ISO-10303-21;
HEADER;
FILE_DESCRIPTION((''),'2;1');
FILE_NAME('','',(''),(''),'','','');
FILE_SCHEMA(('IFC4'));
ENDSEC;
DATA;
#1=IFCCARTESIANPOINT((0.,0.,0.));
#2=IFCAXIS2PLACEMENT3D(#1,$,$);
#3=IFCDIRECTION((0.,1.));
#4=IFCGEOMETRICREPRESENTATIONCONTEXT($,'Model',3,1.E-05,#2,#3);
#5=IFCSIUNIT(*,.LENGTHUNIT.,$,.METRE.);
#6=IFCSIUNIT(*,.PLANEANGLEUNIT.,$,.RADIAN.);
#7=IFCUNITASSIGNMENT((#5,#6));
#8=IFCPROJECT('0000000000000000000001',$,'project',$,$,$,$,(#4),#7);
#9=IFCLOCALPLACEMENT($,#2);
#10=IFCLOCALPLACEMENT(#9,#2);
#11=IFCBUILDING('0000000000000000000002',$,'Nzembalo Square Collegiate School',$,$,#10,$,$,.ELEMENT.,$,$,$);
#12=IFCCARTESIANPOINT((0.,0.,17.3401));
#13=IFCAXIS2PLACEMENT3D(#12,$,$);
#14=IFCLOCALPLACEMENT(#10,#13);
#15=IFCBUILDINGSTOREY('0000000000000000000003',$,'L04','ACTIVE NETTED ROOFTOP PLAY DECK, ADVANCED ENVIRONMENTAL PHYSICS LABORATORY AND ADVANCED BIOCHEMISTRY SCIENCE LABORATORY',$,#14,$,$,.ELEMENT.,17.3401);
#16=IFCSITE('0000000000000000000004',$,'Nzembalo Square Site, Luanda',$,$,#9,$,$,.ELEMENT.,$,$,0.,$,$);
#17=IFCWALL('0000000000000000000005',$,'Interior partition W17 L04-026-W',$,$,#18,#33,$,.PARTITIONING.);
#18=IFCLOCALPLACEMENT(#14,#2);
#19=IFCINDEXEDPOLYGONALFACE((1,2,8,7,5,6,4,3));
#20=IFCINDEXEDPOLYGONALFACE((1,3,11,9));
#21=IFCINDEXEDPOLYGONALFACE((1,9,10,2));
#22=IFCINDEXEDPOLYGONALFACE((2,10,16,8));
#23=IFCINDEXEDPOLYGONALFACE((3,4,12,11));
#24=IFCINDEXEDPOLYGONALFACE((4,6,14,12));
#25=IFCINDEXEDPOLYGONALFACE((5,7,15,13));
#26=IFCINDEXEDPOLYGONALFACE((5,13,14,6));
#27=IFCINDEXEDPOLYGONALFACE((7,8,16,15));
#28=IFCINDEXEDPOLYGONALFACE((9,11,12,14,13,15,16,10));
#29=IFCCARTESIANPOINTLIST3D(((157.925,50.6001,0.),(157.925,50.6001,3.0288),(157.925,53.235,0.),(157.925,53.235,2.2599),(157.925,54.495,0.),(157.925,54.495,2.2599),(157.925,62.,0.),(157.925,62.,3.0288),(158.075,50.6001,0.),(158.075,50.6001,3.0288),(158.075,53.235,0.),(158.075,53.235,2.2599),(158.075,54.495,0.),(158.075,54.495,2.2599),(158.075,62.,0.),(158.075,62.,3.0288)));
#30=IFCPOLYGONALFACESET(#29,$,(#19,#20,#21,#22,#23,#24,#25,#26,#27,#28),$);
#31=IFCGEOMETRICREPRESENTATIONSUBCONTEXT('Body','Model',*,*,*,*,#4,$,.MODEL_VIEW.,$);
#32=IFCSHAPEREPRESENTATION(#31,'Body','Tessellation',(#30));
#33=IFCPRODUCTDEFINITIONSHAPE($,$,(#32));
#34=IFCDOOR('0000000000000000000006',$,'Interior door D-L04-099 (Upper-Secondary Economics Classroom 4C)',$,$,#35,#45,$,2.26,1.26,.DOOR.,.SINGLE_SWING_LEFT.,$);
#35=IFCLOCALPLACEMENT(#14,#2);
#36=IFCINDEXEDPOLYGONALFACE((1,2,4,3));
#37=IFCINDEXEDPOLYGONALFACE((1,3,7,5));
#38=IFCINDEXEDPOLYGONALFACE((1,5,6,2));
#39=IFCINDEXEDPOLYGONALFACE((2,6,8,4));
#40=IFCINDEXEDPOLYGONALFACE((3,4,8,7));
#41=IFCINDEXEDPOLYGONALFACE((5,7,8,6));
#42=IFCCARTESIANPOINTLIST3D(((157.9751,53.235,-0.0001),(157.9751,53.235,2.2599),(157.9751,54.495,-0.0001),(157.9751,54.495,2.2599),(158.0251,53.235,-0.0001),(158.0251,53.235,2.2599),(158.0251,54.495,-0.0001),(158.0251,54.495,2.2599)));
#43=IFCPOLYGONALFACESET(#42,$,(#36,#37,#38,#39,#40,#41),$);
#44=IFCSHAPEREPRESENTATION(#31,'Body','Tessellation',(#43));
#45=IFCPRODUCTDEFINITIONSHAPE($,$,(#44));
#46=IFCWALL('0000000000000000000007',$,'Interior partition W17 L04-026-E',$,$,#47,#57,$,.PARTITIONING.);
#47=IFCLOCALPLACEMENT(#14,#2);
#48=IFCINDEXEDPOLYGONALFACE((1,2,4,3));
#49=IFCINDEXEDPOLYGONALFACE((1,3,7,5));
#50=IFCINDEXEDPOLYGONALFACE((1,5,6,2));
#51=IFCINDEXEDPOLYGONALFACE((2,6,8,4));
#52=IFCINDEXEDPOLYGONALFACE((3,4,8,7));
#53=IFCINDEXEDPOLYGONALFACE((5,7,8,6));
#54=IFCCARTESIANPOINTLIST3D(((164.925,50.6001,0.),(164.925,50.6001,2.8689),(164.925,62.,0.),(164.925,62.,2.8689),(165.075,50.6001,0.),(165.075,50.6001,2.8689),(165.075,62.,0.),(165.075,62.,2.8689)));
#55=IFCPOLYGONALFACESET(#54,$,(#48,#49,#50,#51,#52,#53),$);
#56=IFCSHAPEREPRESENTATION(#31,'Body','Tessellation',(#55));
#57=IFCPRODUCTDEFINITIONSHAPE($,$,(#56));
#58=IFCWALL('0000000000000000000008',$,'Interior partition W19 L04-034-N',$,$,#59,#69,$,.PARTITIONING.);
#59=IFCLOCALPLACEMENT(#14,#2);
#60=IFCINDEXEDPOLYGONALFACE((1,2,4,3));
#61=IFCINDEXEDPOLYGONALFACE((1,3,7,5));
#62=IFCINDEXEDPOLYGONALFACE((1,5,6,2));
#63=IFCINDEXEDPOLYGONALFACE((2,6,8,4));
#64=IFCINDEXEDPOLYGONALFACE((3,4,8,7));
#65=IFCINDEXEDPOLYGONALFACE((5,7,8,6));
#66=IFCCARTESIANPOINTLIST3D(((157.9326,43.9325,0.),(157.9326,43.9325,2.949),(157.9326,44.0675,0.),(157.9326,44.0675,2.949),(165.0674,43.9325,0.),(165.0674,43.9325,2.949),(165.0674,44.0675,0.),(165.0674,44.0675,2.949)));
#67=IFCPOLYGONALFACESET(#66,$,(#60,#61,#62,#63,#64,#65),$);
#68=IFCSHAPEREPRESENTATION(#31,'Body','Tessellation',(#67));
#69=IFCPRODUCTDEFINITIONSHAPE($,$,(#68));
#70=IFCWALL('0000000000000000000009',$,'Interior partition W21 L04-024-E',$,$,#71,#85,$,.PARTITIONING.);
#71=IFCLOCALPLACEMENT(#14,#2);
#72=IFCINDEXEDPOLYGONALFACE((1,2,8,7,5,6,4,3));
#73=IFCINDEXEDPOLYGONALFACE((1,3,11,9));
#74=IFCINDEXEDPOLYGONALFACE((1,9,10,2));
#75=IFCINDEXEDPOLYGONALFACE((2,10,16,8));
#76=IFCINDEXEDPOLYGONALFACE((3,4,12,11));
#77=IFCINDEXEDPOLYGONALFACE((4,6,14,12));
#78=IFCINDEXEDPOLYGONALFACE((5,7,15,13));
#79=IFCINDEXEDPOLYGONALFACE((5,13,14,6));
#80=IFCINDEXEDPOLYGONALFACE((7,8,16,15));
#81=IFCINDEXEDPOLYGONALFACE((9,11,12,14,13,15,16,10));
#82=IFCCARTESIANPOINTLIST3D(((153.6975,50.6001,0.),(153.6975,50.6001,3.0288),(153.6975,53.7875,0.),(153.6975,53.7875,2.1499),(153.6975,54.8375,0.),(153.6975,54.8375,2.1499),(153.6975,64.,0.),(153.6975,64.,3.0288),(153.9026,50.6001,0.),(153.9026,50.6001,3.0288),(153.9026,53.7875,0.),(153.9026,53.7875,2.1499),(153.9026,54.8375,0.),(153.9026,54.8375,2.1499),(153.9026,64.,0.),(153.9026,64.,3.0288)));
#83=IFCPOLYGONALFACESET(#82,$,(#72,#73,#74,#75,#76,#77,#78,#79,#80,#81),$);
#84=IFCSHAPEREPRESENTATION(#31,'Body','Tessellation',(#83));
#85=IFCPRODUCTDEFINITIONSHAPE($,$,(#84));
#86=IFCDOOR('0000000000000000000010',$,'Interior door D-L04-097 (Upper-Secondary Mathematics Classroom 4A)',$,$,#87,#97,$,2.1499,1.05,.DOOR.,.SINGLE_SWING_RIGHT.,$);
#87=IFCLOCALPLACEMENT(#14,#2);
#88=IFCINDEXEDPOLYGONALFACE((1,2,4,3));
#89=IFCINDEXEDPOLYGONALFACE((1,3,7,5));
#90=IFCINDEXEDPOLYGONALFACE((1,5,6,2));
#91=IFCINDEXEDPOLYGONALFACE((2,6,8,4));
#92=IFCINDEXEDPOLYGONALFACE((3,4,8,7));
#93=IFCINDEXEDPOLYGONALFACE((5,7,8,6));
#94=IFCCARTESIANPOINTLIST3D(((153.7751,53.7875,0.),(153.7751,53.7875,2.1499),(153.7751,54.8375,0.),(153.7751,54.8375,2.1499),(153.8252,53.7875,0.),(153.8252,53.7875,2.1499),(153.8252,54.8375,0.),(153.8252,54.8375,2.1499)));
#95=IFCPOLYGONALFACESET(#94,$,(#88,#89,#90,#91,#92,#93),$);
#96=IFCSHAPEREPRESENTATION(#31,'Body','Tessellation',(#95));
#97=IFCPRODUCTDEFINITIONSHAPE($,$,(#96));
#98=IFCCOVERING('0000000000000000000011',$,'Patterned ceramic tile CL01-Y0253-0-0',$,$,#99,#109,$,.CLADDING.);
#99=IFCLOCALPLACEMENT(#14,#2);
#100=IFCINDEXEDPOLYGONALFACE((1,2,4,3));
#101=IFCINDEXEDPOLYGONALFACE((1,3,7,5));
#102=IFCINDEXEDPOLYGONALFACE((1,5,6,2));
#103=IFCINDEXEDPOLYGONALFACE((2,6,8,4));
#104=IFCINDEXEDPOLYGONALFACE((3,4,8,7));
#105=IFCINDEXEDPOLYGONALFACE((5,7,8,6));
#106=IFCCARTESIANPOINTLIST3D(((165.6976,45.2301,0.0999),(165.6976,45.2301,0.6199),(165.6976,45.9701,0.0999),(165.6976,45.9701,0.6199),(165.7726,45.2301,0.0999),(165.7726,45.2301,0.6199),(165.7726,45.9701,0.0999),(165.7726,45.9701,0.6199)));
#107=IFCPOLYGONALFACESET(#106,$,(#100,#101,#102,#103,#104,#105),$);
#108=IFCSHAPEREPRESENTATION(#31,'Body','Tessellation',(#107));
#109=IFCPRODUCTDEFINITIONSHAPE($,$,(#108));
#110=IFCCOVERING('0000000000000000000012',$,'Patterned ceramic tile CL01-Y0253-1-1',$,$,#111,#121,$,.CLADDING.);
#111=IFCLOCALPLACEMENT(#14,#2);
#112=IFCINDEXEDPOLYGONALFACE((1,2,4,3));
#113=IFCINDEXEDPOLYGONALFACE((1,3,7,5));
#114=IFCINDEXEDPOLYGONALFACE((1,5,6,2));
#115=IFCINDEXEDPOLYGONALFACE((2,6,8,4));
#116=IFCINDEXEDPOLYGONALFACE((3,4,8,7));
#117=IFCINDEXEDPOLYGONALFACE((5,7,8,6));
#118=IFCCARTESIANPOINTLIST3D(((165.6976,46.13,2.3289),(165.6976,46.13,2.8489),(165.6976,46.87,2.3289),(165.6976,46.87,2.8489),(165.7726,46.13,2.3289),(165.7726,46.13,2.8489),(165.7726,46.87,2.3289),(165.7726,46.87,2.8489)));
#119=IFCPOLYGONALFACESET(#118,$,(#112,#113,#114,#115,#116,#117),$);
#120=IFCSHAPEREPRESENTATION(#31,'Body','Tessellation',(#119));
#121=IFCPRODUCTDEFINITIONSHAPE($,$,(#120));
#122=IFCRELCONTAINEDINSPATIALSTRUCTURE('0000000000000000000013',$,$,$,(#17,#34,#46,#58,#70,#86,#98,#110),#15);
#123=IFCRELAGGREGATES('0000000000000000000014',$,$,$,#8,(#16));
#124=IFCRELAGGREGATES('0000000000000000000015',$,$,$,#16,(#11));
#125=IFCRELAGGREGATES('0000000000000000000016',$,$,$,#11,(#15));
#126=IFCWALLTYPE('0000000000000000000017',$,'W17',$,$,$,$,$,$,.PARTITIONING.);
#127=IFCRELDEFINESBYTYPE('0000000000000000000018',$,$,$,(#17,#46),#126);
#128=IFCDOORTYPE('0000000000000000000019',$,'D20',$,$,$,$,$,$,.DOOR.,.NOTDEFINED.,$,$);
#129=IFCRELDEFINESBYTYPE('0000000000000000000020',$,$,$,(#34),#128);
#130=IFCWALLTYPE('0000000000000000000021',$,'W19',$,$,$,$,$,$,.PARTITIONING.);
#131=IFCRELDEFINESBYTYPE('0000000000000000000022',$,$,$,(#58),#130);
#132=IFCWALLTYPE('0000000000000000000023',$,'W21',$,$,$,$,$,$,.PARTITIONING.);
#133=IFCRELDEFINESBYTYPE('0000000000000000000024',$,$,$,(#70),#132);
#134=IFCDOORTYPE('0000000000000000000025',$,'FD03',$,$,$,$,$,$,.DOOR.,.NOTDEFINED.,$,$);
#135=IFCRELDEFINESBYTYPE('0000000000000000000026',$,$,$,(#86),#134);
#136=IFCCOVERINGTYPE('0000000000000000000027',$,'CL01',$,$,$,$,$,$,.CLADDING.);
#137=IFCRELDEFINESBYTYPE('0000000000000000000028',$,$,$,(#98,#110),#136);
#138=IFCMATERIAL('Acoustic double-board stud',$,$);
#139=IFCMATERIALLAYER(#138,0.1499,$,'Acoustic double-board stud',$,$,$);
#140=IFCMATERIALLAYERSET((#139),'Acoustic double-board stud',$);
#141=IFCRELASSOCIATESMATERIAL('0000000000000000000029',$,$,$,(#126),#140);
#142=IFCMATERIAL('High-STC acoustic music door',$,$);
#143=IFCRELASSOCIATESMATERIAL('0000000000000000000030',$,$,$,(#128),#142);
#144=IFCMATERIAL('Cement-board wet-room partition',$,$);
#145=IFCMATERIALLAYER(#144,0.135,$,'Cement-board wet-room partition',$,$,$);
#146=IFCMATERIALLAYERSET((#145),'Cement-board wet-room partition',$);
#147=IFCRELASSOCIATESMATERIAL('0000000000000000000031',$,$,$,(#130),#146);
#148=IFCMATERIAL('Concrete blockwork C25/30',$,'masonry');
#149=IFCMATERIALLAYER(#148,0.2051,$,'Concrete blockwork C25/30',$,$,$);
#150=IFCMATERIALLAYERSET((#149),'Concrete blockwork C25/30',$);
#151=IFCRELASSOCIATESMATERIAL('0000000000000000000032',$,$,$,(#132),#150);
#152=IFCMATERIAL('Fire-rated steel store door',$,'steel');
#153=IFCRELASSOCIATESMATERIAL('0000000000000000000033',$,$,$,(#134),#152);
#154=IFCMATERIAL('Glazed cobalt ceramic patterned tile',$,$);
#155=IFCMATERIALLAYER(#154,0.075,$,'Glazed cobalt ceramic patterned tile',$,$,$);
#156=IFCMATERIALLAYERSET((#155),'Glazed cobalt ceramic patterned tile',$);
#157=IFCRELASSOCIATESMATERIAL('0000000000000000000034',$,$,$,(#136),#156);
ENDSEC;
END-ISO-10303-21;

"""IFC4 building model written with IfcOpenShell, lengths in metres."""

from ifc_helpers import new_model, si_unit, direction, frame, frame_2d, origin, origin_2d, place, context, subcontext, project, spatial, rectangle, extrude, material, layer, layer_set, type_object, element, fill, save


model = new_model("IFC4")

# Units and contexts
model_context = context("Model", 3, precision=1e-05, world=origin(), true_north=direction((0.0, 1.0)))
body_context = subcontext(model_context, "Body", "Model", "MODEL_VIEW")
ifc_project = project(units=[si_unit("LENGTHUNIT", "METRE"), si_unit("PLANEANGLEUNIT", "RADIAN")], contexts=[model_context])

# Site, building, storey
site_placement = place(None, origin())
site = spatial("IfcSite", under=ifc_project, at=site_placement, Name="Nzembalo Square Site, Luanda", CompositionType="ELEMENT", RefElevation=0.0)
building_placement = place(site_placement, origin())
building = spatial("IfcBuilding", under=site, at=building_placement, Name="Nzembalo Square Collegiate School", CompositionType="ELEMENT")
storey_placement = place(building_placement, frame((0.0, 0.0, 17.3401)))
storey = spatial("IfcBuildingStorey", under=building, at=storey_placement, Name="L04", Description="ACTIVE NETTED ROOFTOP PLAY DECK, ADVANCED ENVIRONMENTAL PHYSICS LABORATORY AND ADVANCED BIOCHEMISTRY SCIENCE LABORATORY", CompositionType="ELEMENT", Elevation=17.3401)

# Shared definitions
ifc_material_1 = material(Name="Acoustic double-board stud")
ifc_layer_1 = layer(ifc_material_1, 0.1499, Name="Acoustic double-board stud")
ifc_layer_set_1 = layer_set([ifc_layer_1], Name="Acoustic double-board stud")
wall_type_1 = type_object("IfcWallType", Name="W17", PredefinedType="PARTITIONING", material=ifc_layer_set_1)

# Wall, opening, door
wall_1_placement = place(storey_placement, frame((158.0, 50.6001, 0.0), z_axis=(0.0, 0.0, 1.0), x_axis=(0.0, 1.0, 0.0)))
wall_1 = element("IfcWall", 1, at=wall_1_placement, inside=storey, type_object=wall_type_1, Name="Interior partition W17 L04-026-W", PredefinedType="PARTITIONING", context=body_context, shape_type="SweptSolid", body=[
    extrude(rectangle(XDim=11.3999, YDim=0.1499, at=frame_2d((5.7, 0.0))), origin(), (0.0, 0.0, 1.0), 3.0288),
])
opening_1_placement = place(wall_1_placement, frame((2.635, 0.0, 0.0)))
opening_1 = element("IfcOpeningElement", 2, at=opening_1_placement, cuts=wall_1, PredefinedType="OPENING", context=body_context, shape_type="SweptSolid", body=[
    extrude(rectangle(XDim=1.26, YDim=2.26, at=frame_2d((0.6299, 1.1299))), frame((0.0, 0.085, 0.0), z_axis=(0.0, -1.0, 0.0), x_axis=(1.0, 0.0, 0.0)), (0.0, 0.0, 1.0), 0.1699),
])
ifc_material_2 = material(Name="High-STC acoustic music door")
door_type_1 = type_object("IfcDoorType", Name="D20", OperationType="NOTDEFINED", PredefinedType="DOOR", material=ifc_material_2)
door_1_placement = place(opening_1_placement, origin())
door_1 = element("IfcDoor", 3, at=door_1_placement, inside=storey, type_object=door_type_1, Name="Interior door D-L04-099 (Upper-Secondary Economics Classroom 4C)", OperationType="SINGLE_SWING_LEFT", OverallHeight=2.26, OverallWidth=1.26, PredefinedType="DOOR", context=body_context, shape_type="SweptSolid", body=[
    extrude(rectangle(XDim=1.26, YDim=2.26, at=frame_2d((0.6299, 1.1299))), frame((0.0, 0.0249, 0.0), z_axis=(0.0, -1.0, 0.0), x_axis=(1.0, 0.0, 0.0)), (0.0, 0.0, 1.0), 0.05),
])
fill(opening_1, door_1)

# Walls
wall_2_placement = place(storey_placement, frame((165.0, 50.6001, 0.0), z_axis=(0.0, 0.0, 1.0), x_axis=(0.0, 1.0, 0.0)))
element("IfcWall", 4, at=wall_2_placement, inside=storey, type_object=wall_type_1, Name="Interior partition W17 L04-026-E", PredefinedType="PARTITIONING", context=body_context, shape_type="SweptSolid", body=[
    extrude(rectangle(XDim=11.3999, YDim=0.1499, at=frame_2d((5.7, 0.0))), origin(), (0.0, 0.0, 1.0), 2.8689),
])
ifc_material_3 = material(Name="Cement-board wet-room partition")
ifc_layer_2 = layer(ifc_material_3, 0.135, Name="Cement-board wet-room partition")
ifc_layer_set_2 = layer_set([ifc_layer_2], Name="Cement-board wet-room partition")
wall_type_2 = type_object("IfcWallType", Name="W19", PredefinedType="PARTITIONING", material=ifc_layer_set_2)
wall_3_placement = place(storey_placement, frame((157.9326, 44.0, 0.0), z_axis=(0.0, 0.0, 1.0), x_axis=(1.0, 0.0, 0.0)))
element("IfcWall", 5, at=wall_3_placement, inside=storey, type_object=wall_type_2, Name="Interior partition W19 L04-034-N", PredefinedType="PARTITIONING", context=body_context, shape_type="SweptSolid", body=[
    extrude(rectangle(XDim=7.1348, YDim=0.135, at=frame_2d((3.5674, 0.0))), origin(), (0.0, 0.0, 1.0), 2.949),
])

# Wall, opening, door
ifc_material_4 = material(Name="Concrete blockwork C25/30", Category="masonry")
ifc_layer_3 = layer(ifc_material_4, 0.2051, Name="Concrete blockwork C25/30")
ifc_layer_set_3 = layer_set([ifc_layer_3], Name="Concrete blockwork C25/30")
wall_type_3 = type_object("IfcWallType", Name="W21", PredefinedType="PARTITIONING", material=ifc_layer_set_3)
wall_4_placement = place(storey_placement, frame((153.8, 50.6001, 0.0), z_axis=(0.0, 0.0, 1.0), x_axis=(0.0, 1.0, 0.0)))
wall_4 = element("IfcWall", 6, at=wall_4_placement, inside=storey, type_object=wall_type_3, Name="Interior partition W21 L04-024-E", PredefinedType="PARTITIONING", context=body_context, shape_type="SweptSolid", body=[
    extrude(rectangle(XDim=13.3999, YDim=0.2051, at=frame_2d((6.7, 0.0))), origin(), (0.0, 0.0, 1.0), 3.0288),
])
opening_2_placement = place(wall_4_placement, frame((3.1875, 0.0, 0.0)))
opening_2 = element("IfcOpeningElement", 7, at=opening_2_placement, cuts=wall_4, PredefinedType="OPENING", context=body_context, shape_type="SweptSolid", body=[
    extrude(rectangle(XDim=1.05, YDim=2.1499, at=frame_2d((0.5249, 1.075))), frame((0.0, 0.1125, 0.0), z_axis=(0.0, -1.0, 0.0), x_axis=(1.0, 0.0, 0.0)), (0.0, 0.0, 1.0), 0.2251),
])
ifc_material_5 = material(Name="Fire-rated steel store door", Category="steel")
door_type_2 = type_object("IfcDoorType", Name="FD03", OperationType="NOTDEFINED", PredefinedType="DOOR", material=ifc_material_5)
door_2_placement = place(opening_2_placement, origin())
door_2 = element("IfcDoor", 8, at=door_2_placement, inside=storey, type_object=door_type_2, Name="Interior door D-L04-097 (Upper-Secondary Mathematics Classroom 4A)", OperationType="SINGLE_SWING_RIGHT", OverallHeight=2.1499, OverallWidth=1.05, PredefinedType="DOOR", context=body_context, shape_type="SweptSolid", body=[
    extrude(rectangle(XDim=1.05, YDim=2.1499, at=frame_2d((0.5249, 1.075))), frame((0.0, 0.0249, 0.0), z_axis=(0.0, -1.0, 0.0), x_axis=(1.0, 0.0, 0.0)), (0.0, 0.0, 1.0), 0.05),
])
fill(opening_2, door_2)

# Coverings
ifc_material_6 = material(Name="Glazed cobalt ceramic patterned tile")
ifc_layer_4 = layer(ifc_material_6, 0.075, Name="Glazed cobalt ceramic patterned tile")
ifc_layer_set_4 = layer_set([ifc_layer_4], Name="Glazed cobalt ceramic patterned tile")
covering_type = type_object("IfcCoveringType", Name="CL01", PredefinedType="CLADDING", material=ifc_layer_set_4)
for number, where, z_axis, x_axis, name in (
    (9, (165.7351, 45.6001, 0.0999), (0.0, 0.0, 1.0), (1.0, 0.0, 0.0), "Patterned ceramic tile CL01-Y0253-0-0"),
    (10, (165.7351, 46.5, 2.3289), (0.0, 0.0, 1.0), (1.0, 0.0, 0.0), "Patterned ceramic tile CL01-Y0253-1-1"),
):
    element("IfcCovering", number, at=place(storey_placement, frame(where, z_axis=z_axis, x_axis=x_axis)), inside=storey, type_object=covering_type, Name=name, PredefinedType="CLADDING", context=body_context, shape_type="SweptSolid", body=[
        extrude(rectangle(XDim=0.075, YDim=0.74, at=origin_2d()), origin(), (0.0, 0.0, 1.0), 0.52),
    ])

save(model, "model.ifc")
